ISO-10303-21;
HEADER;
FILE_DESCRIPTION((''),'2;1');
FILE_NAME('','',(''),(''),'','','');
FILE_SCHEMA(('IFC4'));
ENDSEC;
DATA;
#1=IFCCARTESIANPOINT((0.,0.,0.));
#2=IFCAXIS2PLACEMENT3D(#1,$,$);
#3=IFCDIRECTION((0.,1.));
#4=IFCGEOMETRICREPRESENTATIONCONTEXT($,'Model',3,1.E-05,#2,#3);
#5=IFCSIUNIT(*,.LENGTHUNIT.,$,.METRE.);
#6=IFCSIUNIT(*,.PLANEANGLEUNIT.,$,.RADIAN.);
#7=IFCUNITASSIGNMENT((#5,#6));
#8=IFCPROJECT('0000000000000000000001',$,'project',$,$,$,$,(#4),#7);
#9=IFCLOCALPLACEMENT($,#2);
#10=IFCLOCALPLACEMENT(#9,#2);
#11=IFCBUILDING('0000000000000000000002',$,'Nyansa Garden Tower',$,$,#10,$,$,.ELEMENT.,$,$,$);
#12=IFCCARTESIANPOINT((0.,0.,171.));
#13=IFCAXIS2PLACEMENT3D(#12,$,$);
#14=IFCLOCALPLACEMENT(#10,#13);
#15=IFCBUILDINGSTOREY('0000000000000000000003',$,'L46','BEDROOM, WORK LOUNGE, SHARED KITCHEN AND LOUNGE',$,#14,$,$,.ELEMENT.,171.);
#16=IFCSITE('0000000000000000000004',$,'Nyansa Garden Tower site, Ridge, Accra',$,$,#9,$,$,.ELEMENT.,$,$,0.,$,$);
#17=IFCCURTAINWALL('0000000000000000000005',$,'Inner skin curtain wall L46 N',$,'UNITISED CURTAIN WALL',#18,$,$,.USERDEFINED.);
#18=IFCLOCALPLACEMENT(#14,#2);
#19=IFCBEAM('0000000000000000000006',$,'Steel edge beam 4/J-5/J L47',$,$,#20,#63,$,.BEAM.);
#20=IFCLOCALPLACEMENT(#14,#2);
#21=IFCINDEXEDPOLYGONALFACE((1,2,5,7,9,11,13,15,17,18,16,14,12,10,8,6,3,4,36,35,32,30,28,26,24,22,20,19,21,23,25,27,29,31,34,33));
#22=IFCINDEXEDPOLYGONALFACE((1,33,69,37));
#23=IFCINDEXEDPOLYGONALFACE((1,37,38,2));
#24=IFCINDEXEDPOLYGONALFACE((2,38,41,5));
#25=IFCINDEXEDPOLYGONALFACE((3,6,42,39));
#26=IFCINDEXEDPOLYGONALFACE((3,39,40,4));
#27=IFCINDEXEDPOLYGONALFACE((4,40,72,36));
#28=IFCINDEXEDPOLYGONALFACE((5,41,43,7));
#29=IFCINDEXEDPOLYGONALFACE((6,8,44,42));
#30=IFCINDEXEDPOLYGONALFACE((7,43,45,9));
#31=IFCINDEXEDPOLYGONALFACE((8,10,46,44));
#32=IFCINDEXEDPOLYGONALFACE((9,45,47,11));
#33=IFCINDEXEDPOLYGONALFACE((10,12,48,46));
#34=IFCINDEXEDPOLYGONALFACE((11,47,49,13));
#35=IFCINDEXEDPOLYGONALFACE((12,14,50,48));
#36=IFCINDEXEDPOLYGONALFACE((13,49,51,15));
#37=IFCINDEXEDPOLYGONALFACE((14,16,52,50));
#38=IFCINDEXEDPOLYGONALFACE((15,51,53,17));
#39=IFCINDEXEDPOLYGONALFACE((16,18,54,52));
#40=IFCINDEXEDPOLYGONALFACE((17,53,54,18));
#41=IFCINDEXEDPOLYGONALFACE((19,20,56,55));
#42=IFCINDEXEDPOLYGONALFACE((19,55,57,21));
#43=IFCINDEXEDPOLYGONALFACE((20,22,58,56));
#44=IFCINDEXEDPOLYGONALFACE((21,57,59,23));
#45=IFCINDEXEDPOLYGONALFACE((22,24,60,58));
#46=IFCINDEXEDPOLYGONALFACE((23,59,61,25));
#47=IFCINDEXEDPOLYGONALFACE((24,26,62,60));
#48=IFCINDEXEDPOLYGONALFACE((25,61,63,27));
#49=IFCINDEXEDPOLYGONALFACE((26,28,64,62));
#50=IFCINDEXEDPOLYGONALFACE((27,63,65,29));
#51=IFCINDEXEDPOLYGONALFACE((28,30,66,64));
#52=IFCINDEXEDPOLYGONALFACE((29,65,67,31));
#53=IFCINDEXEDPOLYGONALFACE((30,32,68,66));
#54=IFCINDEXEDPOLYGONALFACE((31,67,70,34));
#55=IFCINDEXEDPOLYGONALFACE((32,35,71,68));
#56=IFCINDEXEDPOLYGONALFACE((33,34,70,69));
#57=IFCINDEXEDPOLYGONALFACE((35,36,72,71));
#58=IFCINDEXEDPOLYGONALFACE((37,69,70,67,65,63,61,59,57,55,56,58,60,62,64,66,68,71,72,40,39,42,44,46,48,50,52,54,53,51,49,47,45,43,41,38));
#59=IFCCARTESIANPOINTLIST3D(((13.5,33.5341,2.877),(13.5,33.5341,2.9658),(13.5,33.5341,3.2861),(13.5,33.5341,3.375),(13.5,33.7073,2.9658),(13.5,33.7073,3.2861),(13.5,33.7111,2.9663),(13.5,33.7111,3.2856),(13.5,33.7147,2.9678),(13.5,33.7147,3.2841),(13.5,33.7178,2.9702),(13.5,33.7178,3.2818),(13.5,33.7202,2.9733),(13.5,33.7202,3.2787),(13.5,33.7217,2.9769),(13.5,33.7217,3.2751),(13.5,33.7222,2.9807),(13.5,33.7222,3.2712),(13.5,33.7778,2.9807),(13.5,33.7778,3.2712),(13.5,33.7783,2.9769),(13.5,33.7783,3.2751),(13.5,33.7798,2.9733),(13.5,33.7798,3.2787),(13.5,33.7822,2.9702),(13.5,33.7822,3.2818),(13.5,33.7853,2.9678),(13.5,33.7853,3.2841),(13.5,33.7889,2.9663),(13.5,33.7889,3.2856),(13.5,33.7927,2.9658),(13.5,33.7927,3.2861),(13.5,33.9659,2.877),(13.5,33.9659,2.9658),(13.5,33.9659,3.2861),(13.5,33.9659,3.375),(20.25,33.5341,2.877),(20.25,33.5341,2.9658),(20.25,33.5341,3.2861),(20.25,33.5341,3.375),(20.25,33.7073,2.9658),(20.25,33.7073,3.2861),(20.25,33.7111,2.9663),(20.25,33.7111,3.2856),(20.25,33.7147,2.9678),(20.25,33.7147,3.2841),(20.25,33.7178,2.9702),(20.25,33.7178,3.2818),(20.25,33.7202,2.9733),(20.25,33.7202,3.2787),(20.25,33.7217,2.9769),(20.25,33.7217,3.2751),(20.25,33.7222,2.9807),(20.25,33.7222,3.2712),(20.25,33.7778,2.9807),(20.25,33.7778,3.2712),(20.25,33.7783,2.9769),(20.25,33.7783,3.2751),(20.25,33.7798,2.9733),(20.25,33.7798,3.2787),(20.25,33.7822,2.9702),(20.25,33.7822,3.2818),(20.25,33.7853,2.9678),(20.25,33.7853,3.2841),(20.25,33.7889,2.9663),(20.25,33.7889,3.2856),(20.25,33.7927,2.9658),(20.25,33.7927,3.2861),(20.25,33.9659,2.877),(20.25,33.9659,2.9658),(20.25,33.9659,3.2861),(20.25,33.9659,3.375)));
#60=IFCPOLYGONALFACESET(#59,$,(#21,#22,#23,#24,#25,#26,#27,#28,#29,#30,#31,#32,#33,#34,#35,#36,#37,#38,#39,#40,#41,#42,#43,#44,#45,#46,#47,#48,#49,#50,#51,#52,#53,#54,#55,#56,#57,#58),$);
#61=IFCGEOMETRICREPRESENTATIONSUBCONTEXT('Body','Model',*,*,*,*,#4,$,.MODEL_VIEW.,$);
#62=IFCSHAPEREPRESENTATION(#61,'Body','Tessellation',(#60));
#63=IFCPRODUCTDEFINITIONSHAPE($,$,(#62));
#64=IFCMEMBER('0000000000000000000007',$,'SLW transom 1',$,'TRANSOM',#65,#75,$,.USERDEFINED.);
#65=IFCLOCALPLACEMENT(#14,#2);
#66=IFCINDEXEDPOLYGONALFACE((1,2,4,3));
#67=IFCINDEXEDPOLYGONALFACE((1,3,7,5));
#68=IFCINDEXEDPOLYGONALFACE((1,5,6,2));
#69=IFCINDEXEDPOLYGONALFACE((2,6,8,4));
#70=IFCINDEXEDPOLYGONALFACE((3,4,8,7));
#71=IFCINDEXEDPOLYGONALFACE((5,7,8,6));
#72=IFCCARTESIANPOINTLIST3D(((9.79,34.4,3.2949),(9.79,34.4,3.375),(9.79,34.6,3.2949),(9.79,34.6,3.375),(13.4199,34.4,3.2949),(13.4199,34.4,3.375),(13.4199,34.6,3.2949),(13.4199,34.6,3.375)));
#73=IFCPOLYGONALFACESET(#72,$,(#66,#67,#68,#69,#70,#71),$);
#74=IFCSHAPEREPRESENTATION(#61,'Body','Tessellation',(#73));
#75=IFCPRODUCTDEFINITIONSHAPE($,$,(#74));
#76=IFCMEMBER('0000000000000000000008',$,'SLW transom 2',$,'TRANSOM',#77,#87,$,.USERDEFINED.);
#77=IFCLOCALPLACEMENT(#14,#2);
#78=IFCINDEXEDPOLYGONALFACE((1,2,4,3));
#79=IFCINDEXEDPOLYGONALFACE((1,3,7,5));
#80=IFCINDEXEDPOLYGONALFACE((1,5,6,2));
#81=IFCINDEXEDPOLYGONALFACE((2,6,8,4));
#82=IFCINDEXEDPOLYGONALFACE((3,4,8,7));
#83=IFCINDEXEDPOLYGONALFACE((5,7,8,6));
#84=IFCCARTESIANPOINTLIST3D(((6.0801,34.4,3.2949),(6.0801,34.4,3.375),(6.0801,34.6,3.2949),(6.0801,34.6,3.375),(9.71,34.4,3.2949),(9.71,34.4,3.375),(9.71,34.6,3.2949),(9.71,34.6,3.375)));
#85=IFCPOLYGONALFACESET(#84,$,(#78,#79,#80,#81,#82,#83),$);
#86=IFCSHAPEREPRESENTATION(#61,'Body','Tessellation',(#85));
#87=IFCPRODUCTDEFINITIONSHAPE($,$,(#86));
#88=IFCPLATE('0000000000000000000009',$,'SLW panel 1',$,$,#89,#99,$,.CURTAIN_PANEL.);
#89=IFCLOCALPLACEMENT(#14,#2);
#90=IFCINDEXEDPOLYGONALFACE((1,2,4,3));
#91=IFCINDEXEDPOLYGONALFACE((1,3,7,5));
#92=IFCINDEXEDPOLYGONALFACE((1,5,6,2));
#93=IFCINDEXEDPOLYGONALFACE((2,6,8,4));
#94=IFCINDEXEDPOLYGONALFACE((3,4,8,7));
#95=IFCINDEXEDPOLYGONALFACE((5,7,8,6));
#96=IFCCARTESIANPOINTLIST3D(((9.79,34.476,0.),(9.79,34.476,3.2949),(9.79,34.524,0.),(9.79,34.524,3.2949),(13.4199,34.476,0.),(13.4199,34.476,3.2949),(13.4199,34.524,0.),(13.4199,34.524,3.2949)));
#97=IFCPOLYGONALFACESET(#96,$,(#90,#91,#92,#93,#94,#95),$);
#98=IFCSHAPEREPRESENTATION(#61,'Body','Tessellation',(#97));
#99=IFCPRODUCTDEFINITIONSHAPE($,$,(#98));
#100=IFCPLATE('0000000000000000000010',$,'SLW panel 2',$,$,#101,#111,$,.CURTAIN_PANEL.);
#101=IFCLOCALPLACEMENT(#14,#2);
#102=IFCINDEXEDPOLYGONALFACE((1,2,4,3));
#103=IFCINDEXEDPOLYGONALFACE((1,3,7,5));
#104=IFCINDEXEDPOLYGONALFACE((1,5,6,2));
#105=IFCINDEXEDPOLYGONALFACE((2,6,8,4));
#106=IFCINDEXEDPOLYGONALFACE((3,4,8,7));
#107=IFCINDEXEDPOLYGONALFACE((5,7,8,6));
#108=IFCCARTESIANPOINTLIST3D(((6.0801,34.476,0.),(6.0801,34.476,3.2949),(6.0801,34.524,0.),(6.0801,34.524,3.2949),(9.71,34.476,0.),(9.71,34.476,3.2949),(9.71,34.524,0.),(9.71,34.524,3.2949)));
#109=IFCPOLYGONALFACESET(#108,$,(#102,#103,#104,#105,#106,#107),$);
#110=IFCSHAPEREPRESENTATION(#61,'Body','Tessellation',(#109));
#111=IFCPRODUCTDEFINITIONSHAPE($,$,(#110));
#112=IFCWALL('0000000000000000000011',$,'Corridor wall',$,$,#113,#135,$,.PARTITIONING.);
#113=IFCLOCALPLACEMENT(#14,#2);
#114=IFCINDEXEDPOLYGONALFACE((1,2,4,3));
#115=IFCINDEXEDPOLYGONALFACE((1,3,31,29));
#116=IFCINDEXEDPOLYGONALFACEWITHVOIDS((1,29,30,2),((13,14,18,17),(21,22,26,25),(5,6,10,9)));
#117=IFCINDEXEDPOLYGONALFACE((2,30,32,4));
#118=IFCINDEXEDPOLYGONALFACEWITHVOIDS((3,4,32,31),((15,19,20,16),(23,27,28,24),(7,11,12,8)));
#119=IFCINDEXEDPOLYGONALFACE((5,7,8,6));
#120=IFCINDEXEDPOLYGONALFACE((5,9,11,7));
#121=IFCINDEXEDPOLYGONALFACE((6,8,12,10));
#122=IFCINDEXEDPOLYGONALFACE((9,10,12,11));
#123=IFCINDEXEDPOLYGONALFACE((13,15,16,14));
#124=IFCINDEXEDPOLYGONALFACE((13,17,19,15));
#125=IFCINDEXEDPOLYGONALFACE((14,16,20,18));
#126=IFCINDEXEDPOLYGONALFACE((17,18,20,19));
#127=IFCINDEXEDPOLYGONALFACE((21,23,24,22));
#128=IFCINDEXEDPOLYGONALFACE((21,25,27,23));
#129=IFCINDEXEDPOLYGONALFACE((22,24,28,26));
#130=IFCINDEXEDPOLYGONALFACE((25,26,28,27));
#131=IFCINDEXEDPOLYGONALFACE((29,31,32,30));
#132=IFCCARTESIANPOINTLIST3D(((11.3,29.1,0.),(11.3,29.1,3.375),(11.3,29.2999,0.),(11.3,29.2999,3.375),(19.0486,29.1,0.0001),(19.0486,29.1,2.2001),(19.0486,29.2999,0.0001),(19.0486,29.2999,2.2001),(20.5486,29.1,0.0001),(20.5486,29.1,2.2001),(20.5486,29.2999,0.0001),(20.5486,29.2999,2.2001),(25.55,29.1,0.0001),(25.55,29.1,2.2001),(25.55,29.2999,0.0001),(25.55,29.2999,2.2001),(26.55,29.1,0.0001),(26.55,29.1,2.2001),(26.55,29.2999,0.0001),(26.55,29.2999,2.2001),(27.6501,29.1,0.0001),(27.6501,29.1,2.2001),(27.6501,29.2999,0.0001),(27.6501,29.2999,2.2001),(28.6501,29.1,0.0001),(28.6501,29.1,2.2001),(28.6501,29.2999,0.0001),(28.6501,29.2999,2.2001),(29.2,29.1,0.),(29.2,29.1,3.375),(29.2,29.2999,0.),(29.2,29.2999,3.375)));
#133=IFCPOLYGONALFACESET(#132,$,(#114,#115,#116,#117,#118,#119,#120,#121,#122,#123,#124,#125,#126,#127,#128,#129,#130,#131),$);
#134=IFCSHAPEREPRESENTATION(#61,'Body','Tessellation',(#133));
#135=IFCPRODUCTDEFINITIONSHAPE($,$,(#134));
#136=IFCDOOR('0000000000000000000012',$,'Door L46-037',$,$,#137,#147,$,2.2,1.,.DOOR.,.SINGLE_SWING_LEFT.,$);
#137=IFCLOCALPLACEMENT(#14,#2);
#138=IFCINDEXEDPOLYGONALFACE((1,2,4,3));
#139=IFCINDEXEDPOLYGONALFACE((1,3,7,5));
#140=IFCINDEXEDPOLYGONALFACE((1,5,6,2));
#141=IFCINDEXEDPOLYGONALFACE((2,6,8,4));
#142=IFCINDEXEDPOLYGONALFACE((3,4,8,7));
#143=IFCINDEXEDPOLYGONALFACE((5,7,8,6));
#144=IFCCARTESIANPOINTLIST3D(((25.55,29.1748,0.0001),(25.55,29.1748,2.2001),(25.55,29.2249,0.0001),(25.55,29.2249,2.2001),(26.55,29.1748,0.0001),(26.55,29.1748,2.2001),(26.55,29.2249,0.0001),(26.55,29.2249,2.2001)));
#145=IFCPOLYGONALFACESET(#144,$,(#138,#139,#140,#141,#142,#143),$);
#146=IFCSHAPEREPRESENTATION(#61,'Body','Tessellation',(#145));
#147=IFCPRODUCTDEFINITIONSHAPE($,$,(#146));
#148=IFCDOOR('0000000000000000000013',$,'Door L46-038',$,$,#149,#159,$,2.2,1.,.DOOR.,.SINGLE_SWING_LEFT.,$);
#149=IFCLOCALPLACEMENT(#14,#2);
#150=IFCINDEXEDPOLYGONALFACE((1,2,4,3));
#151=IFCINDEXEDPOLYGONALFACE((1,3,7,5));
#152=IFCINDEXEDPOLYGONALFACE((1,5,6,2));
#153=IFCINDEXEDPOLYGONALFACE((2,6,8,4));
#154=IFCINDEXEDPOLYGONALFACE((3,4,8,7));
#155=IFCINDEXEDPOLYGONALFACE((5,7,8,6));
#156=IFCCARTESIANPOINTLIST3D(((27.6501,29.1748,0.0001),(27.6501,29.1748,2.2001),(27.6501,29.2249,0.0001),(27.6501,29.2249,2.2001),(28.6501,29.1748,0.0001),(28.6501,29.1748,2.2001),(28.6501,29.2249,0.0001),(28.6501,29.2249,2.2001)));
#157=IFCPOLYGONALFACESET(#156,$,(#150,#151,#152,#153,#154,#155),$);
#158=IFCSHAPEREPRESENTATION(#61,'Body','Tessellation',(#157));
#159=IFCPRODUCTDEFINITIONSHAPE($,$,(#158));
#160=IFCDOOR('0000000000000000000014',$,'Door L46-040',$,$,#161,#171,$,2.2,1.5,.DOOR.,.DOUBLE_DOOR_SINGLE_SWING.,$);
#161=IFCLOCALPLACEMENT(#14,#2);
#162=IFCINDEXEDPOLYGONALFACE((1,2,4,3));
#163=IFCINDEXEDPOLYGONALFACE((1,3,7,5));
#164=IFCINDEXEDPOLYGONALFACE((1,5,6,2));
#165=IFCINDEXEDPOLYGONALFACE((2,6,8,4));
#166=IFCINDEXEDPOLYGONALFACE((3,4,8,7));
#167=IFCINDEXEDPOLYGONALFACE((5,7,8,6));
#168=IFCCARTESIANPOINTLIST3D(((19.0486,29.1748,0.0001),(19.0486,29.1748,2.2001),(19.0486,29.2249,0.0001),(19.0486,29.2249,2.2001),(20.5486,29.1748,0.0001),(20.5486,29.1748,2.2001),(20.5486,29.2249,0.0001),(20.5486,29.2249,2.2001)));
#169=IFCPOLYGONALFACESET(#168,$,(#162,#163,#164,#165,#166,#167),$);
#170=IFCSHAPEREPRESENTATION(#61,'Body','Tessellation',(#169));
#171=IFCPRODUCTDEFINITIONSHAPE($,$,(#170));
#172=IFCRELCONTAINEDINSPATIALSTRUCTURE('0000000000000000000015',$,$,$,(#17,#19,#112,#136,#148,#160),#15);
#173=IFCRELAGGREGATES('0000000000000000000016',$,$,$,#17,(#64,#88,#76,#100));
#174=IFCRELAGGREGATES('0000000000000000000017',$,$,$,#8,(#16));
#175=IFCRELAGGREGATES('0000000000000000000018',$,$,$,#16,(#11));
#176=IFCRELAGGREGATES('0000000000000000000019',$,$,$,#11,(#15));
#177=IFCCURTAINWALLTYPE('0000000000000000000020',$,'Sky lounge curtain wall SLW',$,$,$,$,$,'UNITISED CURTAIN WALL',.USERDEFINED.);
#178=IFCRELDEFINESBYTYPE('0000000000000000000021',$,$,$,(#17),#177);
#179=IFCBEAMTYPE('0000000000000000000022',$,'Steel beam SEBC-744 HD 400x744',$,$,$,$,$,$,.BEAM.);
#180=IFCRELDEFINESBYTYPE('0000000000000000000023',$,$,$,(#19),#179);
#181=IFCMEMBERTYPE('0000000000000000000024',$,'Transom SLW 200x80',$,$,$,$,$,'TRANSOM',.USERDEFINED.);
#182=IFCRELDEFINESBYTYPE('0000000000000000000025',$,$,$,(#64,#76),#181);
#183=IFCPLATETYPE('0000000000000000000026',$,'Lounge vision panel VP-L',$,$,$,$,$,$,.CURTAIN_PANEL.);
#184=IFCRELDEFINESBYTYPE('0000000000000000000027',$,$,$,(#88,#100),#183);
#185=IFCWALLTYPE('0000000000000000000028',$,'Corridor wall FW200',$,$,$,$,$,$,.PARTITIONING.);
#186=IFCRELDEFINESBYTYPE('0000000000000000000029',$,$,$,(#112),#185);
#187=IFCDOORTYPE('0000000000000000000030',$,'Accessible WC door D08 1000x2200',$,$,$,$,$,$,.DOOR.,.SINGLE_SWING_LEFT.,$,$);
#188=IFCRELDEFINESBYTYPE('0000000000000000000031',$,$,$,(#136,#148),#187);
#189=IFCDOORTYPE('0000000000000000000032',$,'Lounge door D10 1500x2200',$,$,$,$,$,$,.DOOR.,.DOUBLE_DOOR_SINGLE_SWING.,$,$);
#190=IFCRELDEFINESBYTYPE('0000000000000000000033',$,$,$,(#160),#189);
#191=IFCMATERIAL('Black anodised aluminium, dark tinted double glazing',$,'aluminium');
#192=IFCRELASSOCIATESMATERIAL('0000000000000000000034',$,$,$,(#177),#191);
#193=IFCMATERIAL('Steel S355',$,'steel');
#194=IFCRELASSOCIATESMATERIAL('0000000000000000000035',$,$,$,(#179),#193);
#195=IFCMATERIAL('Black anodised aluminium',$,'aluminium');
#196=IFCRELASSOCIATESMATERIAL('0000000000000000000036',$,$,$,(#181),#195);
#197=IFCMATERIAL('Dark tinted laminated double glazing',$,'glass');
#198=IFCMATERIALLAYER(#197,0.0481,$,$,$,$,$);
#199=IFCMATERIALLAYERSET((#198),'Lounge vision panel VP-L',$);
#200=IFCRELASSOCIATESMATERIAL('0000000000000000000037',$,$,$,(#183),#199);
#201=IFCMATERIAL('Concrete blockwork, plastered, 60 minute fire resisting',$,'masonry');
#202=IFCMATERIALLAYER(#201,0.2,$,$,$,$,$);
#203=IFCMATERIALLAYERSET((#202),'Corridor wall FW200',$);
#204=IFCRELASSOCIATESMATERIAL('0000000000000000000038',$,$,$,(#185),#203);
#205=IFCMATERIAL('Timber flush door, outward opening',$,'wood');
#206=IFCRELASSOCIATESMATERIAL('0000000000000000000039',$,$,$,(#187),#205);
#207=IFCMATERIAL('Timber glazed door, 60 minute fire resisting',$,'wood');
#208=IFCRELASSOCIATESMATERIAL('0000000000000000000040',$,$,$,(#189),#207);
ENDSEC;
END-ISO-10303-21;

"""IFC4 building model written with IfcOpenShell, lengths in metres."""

from ifc_helpers import new_model, si_unit, direction, frame, frame_2d, origin, origin_2d, place, context, subcontext, project, spatial, rectangle, i_section, extrude, material, layer, layer_set, material_profile, profile_set, type_object, element, fill, aggregate, save


model = new_model("IFC4")

# Units and contexts
model_context = context("Model", 3, precision=1e-05, world=origin(), true_north=direction((0.0, 1.0)))
body_context = subcontext(model_context, "Body", "Model", "MODEL_VIEW")
ifc_project = project(units=[si_unit("LENGTHUNIT", "METRE"), si_unit("PLANEANGLEUNIT", "RADIAN")], contexts=[model_context])

# Site, building, storey
site_placement = place(None, origin())
site = spatial("IfcSite", under=ifc_project, at=site_placement, Name="Nyansa Garden Tower site, Ridge, Accra", CompositionType="ELEMENT", RefElevation=0.0)
building_placement = place(site_placement, origin())
building = spatial("IfcBuilding", under=site, at=building_placement, Name="Nyansa Garden Tower", CompositionType="ELEMENT")
storey_placement = place(building_placement, frame((0.0, 0.0, 171.0)))
storey = spatial("IfcBuildingStorey", under=building, at=storey_placement, Name="L46", Description="BEDROOM, WORK LOUNGE, SHARED KITCHEN AND LOUNGE", CompositionType="ELEMENT", Elevation=171.0)

# Curtain wall
ifc_material_1 = material(Name="Black anodised aluminium, dark tinted double glazing", Category="aluminium")
curtain_wall_type = type_object("IfcCurtainWallType", Name="Sky lounge curtain wall SLW", ElementType="UNITISED CURTAIN WALL", PredefinedType="USERDEFINED", material=ifc_material_1)
curtain_wall_placement = place(storey_placement, origin())
curtain_wall = element("IfcCurtainWall", 1, at=curtain_wall_placement, inside=storey, type_object=curtain_wall_type, Name="Inner skin curtain wall L46 N", ObjectType="UNITISED CURTAIN WALL", PredefinedType="USERDEFINED")

# Beam
ifc_material_2 = material(Name="Steel S355", Category="steel")
ifc_material_profile_1 = material_profile(ifc_material_2, i_section(OverallWidth=0.4319, OverallDepth=0.498, WebThickness=0.0557, FlangeThickness=0.0889, FilletRadius=0.0149, at=origin_2d()), Name="HD 400x744")
ifc_profile_set_1 = profile_set([ifc_material_profile_1], Name="Steel S355")
beam_type_1 = type_object("IfcBeamType", Name="Steel beam SEBC-744 HD 400x744", PredefinedType="BEAM", material=ifc_profile_set_1)
for number, where, z_axis, x_axis, name in (
    (2, (13.5, 33.75, 3.126), (1.0, 0.0, 0.0), (0.0, 1.0, 0.0), "Steel edge beam 4/J-5/J L47"),
):
    element("IfcBeam", number, at=place(storey_placement, frame(where, z_axis=z_axis, x_axis=x_axis)), inside=storey, type_object=beam_type_1, Name=name, PredefinedType="BEAM", context=body_context, shape_type="SweptSolid", body=[
        extrude(i_section(OverallWidth=0.4319, OverallDepth=0.498, WebThickness=0.0557, FlangeThickness=0.0889, FilletRadius=0.0149, at=origin_2d()), origin(), (0.0, 0.0, 1.0), 6.75),
    ])

# Members
ifc_material_3 = material(Name="Black anodised aluminium", Category="aluminium")
ifc_material_profile_2 = material_profile(ifc_material_3, rectangle(XDim=0.2, YDim=0.0801, at=origin_2d()), Name="Transom 200x80")
ifc_profile_set_2 = profile_set([ifc_material_profile_2], Name="Black anodised aluminium")
member_type_1 = type_object("IfcMemberType", Name="Transom SLW 200x80", ElementType="TRANSOM", PredefinedType="USERDEFINED", material=ifc_profile_set_2)
member_1_placement = place(storey_placement, frame((13.4199, 34.5, 3.335), z_axis=(-1.0, 0.0, 0.0), x_axis=(0.0, -1.0, 0.0)))
member_1 = element("IfcMember", 3, at=member_1_placement, type_object=member_type_1, Name="SLW transom 1", ObjectType="TRANSOM", PredefinedType="USERDEFINED", context=body_context, shape_type="SweptSolid", body=[
    extrude(rectangle(XDim=0.2, YDim=0.0801, at=origin_2d()), origin(), (0.0, 0.0, 1.0), 3.6299),
])
member_2_placement = place(storey_placement, frame((9.71, 34.5, 3.335), z_axis=(-1.0, 0.0, 0.0), x_axis=(0.0, -1.0, 0.0)))
member_2 = element("IfcMember", 4, at=member_2_placement, type_object=member_type_1, Name="SLW transom 2", ObjectType="TRANSOM", PredefinedType="USERDEFINED", context=body_context, shape_type="SweptSolid", body=[
    extrude(rectangle(XDim=0.2, YDim=0.0801, at=origin_2d()), origin(), (0.0, 0.0, 1.0), 3.6299),
])

# Plates
ifc_material_4 = material(Name="Dark tinted laminated double glazing", Category="glass")
ifc_layer_1 = layer(ifc_material_4, 0.0481)
ifc_layer_set_1 = layer_set([ifc_layer_1], Name="Lounge vision panel VP-L")
plate_type = type_object("IfcPlateType", Name="Lounge vision panel VP-L", PredefinedType="CURTAIN_PANEL", material=ifc_layer_set_1)
plate_1_placement = place(storey_placement, frame((11.605, 34.5, 0.0), z_axis=(0.0, 0.0, 1.0), x_axis=(-1.0, 0.0, 0.0)))
plate_1 = element("IfcPlate", 5, at=plate_1_placement, type_object=plate_type, Name="SLW panel 1", PredefinedType="CURTAIN_PANEL", context=body_context, shape_type="SweptSolid", body=[
    extrude(rectangle(XDim=3.6299, YDim=0.0481, at=origin_2d()), origin(), (0.0, 0.0, 1.0), 3.2949),
])
plate_2_placement = place(storey_placement, frame((7.895, 34.5, 0.0), z_axis=(0.0, 0.0, 1.0), x_axis=(-1.0, 0.0, 0.0)))
plate_2 = element("IfcPlate", 6, at=plate_2_placement, type_object=plate_type, Name="SLW panel 2", PredefinedType="CURTAIN_PANEL", context=body_context, shape_type="SweptSolid", body=[
    extrude(rectangle(XDim=3.6299, YDim=0.0481, at=origin_2d()), origin(), (0.0, 0.0, 1.0), 3.2949),
])
aggregate(curtain_wall, [member_1, plate_1, member_2, plate_2])

# Wall, openings, doors
ifc_material_5 = material(Name="Concrete blockwork, plastered, 60 minute fire resisting", Category="masonry")
ifc_layer_2 = layer(ifc_material_5, 0.2)
ifc_layer_set_2 = layer_set([ifc_layer_2], Name="Corridor wall FW200")
wall_type_1 = type_object("IfcWallType", Name="Corridor wall FW200", PredefinedType="PARTITIONING", material=ifc_layer_set_2)
wall_1_placement = place(storey_placement, frame((11.3, 29.2, 0.0), z_axis=(0.0, 0.0, 1.0), x_axis=(1.0, 0.0, 0.0)))
wall_1 = element("IfcWall", 7, at=wall_1_placement, inside=storey, type_object=wall_type_1, Name="Corridor wall", PredefinedType="PARTITIONING", context=body_context, shape_type="SweptSolid", body=[
    extrude(rectangle(XDim=17.8999, YDim=0.2, at=frame_2d((8.95, 0.0))), origin(), (0.0, 0.0, 1.0), 3.375),
])
opening_1_placement = place(wall_1_placement, frame((14.25, 0.0, 0.0)))
opening_1 = element("IfcOpeningElement", 8, at=opening_1_placement, cuts=wall_1, PredefinedType="OPENING", context=body_context, shape_type="SweptSolid", body=[
    extrude(rectangle(XDim=1.0, YDim=2.2, at=frame_2d((0.5, 1.1001))), frame((0.0, 0.1099, 0.0), z_axis=(0.0, -1.0, 0.0), x_axis=(1.0, 0.0, 0.0)), (0.0, 0.0, 1.0), 0.22),
])
opening_2_placement = place(wall_1_placement, frame((16.3501, 0.0, 0.0)))
opening_2 = element("IfcOpeningElement", 9, at=opening_2_placement, cuts=wall_1, PredefinedType="OPENING", context=body_context, shape_type="SweptSolid", body=[
    extrude(rectangle(XDim=1.0, YDim=2.2, at=frame_2d((0.5, 1.1001))), frame((0.0, 0.1099, 0.0), z_axis=(0.0, -1.0, 0.0), x_axis=(1.0, 0.0, 0.0)), (0.0, 0.0, 1.0), 0.22),
])
opening_3_placement = place(wall_1_placement, frame((7.7485, 0.0, 0.0)))
opening_3 = element("IfcOpeningElement", 10, at=opening_3_placement, cuts=wall_1, PredefinedType="OPENING", context=body_context, shape_type="SweptSolid", body=[
    extrude(rectangle(XDim=1.5, YDim=2.2, at=frame_2d((0.75, 1.1001))), frame((0.0, 0.1099, 0.0), z_axis=(0.0, -1.0, 0.0), x_axis=(1.0, 0.0, 0.0)), (0.0, 0.0, 1.0), 0.22),
])
ifc_material_6 = material(Name="Timber flush door, outward opening", Category="wood")
door_type_1 = type_object("IfcDoorType", Name="Accessible WC door D08 1000x2200", OperationType="SINGLE_SWING_LEFT", PredefinedType="DOOR", material=ifc_material_6)
door_1_placement = place(opening_1_placement, origin())
door_1 = element("IfcDoor", 11, at=door_1_placement, inside=storey, type_object=door_type_1, Name="Door L46-037", OperationType="SINGLE_SWING_LEFT", OverallHeight=2.2, OverallWidth=1.0, PredefinedType="DOOR", context=body_context, shape_type="SweptSolid", body=[
    extrude(rectangle(XDim=1.0, YDim=2.2, at=frame_2d((0.5, 1.1001))), frame((0.0, 0.0249, 0.0), z_axis=(0.0, -1.0, 0.0), x_axis=(1.0, 0.0, 0.0)), (0.0, 0.0, 1.0), 0.05),
])
fill(opening_1, door_1)
door_2_placement = place(opening_2_placement, origin())
door_2 = element("IfcDoor", 12, at=door_2_placement, inside=storey, type_object=door_type_1, Name="Door L46-038", OperationType="SINGLE_SWING_LEFT", OverallHeight=2.2, OverallWidth=1.0, PredefinedType="DOOR", context=body_context, shape_type="SweptSolid", body=[
    extrude(rectangle(XDim=1.0, YDim=2.2, at=frame_2d((0.5, 1.1001))), frame((0.0, 0.0249, 0.0), z_axis=(0.0, -1.0, 0.0), x_axis=(1.0, 0.0, 0.0)), (0.0, 0.0, 1.0), 0.05),
])
fill(opening_2, door_2)
ifc_material_7 = material(Name="Timber glazed door, 60 minute fire resisting", Category="wood")
door_type_2 = type_object("IfcDoorType", Name="Lounge door D10 1500x2200", OperationType="DOUBLE_DOOR_SINGLE_SWING", PredefinedType="DOOR", material=ifc_material_7)
door_3_placement = place(opening_3_placement, origin())
door_3 = element("IfcDoor", 13, at=door_3_placement, inside=storey, type_object=door_type_2, Name="Door L46-040", OperationType="DOUBLE_DOOR_SINGLE_SWING", OverallHeight=2.2, OverallWidth=1.5, PredefinedType="DOOR", context=body_context, shape_type="SweptSolid", body=[
    extrude(rectangle(XDim=1.5, YDim=2.2, at=frame_2d((0.75, 1.1001))), frame((0.0, 0.0249, 0.0), z_axis=(0.0, -1.0, 0.0), x_axis=(1.0, 0.0, 0.0)), (0.0, 0.0, 1.0), 0.05),
])
fill(opening_3, door_3)

save(model, "model.ifc")
